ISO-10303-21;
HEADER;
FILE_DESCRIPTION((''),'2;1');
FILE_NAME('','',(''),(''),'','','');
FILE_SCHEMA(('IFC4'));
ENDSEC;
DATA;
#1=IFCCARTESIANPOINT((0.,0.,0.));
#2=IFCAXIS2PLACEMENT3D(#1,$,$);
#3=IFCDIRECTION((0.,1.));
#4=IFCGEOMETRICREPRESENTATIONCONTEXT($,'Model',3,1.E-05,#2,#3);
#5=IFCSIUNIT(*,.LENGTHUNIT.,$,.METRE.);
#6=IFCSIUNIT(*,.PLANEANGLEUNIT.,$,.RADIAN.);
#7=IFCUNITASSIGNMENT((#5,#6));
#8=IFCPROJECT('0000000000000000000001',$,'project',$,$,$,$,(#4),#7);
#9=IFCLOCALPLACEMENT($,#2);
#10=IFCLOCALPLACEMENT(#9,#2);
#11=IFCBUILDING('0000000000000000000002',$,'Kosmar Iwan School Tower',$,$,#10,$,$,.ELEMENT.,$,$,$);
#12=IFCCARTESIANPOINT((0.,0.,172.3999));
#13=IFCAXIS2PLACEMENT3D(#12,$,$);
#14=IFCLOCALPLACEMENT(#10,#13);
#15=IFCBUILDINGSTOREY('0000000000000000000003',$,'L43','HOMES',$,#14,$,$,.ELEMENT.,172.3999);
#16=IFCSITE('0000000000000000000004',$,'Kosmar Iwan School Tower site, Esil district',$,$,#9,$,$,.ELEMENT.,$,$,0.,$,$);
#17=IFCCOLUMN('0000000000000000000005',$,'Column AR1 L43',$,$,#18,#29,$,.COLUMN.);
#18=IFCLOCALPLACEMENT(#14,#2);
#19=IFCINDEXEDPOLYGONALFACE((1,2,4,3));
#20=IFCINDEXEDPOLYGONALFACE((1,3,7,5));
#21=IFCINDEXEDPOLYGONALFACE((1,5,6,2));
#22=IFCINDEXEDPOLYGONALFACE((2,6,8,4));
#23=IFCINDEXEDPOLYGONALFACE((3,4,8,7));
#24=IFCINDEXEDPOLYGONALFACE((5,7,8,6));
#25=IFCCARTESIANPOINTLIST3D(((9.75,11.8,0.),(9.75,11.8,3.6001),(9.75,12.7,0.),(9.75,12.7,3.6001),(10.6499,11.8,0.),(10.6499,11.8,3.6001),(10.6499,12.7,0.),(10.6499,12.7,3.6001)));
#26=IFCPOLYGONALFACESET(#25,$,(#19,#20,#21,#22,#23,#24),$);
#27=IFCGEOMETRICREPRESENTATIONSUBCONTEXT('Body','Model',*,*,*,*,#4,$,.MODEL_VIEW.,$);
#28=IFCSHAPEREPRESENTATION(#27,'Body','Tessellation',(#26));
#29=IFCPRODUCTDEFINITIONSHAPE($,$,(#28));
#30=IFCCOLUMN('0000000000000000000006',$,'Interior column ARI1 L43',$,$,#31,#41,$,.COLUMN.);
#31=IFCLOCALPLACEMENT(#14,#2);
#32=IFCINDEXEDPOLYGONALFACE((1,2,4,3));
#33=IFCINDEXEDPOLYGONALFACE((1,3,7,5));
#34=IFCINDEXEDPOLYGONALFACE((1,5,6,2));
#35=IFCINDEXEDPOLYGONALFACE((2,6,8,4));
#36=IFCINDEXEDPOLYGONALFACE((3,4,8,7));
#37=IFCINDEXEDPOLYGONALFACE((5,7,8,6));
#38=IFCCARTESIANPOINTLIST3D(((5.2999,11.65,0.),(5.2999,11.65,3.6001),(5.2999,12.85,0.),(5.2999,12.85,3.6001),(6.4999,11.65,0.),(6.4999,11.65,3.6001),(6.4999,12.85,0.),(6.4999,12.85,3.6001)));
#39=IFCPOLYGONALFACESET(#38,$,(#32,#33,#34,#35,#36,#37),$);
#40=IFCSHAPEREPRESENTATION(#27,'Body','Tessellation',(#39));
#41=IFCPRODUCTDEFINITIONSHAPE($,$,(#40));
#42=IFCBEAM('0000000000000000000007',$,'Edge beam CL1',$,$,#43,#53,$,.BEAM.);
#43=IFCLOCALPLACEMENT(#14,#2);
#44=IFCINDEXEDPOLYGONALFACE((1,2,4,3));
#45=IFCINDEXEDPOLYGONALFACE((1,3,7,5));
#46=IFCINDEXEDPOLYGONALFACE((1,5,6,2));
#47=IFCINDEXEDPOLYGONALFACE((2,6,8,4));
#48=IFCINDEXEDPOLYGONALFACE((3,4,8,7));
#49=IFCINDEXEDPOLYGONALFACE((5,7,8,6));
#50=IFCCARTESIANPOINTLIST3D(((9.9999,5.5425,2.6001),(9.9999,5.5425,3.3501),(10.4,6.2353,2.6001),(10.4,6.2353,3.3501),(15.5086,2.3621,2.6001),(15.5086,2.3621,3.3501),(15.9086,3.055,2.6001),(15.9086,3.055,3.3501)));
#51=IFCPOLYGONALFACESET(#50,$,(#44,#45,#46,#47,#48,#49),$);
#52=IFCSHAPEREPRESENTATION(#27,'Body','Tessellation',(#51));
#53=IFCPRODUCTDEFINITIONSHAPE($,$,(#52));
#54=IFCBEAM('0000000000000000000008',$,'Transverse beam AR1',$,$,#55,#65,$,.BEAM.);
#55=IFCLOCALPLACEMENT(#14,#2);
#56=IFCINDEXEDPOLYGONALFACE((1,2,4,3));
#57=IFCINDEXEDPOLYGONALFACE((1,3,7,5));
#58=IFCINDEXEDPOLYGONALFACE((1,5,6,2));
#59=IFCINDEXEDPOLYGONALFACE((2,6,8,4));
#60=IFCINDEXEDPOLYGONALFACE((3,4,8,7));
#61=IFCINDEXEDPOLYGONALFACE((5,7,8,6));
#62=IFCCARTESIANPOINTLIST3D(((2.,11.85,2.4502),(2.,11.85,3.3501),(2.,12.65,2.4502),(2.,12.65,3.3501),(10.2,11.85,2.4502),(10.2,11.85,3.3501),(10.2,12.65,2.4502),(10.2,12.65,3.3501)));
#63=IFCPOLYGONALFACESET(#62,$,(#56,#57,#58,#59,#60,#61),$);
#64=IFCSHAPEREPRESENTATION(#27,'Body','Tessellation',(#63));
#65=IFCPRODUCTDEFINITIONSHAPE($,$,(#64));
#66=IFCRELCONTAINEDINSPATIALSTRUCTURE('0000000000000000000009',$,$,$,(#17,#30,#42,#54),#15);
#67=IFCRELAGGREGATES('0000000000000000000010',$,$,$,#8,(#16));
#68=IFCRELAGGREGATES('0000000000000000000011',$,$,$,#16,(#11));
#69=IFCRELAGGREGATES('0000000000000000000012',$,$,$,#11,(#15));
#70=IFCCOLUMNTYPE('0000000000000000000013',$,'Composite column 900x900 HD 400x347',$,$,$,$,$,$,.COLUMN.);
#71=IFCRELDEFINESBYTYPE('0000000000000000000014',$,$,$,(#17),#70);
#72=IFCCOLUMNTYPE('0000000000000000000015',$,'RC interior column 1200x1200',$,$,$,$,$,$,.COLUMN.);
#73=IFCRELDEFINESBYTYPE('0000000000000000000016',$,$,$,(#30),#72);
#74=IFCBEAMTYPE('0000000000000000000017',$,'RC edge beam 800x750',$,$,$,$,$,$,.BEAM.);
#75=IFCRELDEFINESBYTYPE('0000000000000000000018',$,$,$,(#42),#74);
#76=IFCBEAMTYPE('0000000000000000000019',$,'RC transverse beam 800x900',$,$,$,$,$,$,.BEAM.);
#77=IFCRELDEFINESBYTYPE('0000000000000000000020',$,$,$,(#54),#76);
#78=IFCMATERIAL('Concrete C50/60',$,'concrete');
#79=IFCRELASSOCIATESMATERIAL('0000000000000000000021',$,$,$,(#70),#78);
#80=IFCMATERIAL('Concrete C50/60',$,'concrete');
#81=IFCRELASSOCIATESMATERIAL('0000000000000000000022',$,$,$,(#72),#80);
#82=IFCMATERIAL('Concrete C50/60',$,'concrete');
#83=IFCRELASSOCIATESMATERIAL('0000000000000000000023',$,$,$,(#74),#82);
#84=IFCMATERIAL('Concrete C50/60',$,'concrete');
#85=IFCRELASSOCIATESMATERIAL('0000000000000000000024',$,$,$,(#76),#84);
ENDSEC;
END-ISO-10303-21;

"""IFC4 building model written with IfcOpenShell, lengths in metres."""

from ifc_helpers import new_model, si_unit, direction, frame, origin, origin_2d, place, context, subcontext, project, spatial, rectangle, extrude, material, material_profile, profile_set, type_object, element, save


model = new_model("IFC4")

# Units and contexts
model_context = context("Model", 3, precision=1e-05, world=origin(), true_north=direction((0.0, 1.0)))
body_context = subcontext(model_context, "Body", "Model", "MODEL_VIEW")
ifc_project = project(units=[si_unit("LENGTHUNIT", "METRE"), si_unit("PLANEANGLEUNIT", "RADIAN")], contexts=[model_context])

# Site, building, storey
site_placement = place(None, origin())
site = spatial("IfcSite", under=ifc_project, at=site_placement, Name="Kosmar Iwan School Tower site, Esil district", CompositionType="ELEMENT", RefElevation=0.0)
building_placement = place(site_placement, origin())
building = spatial("IfcBuilding", under=site, at=building_placement, Name="Kosmar Iwan School Tower", CompositionType="ELEMENT")
storey_placement = place(building_placement, frame((0.0, 0.0, 172.3999)))
storey = spatial("IfcBuildingStorey", under=building, at=storey_placement, Name="L43", Description="HOMES", CompositionType="ELEMENT", Elevation=172.3999)

# Columns
ifc_material_1 = material(Name="Concrete C50/60", Category="concrete")
ifc_material_profile_1 = material_profile(ifc_material_1, rectangle(XDim=0.8999, YDim=0.8999, at=origin_2d()), Name="RC 900x900 + HD 400x347")
ifc_profile_set_1 = profile_set([ifc_material_profile_1], Name="Concrete C50/60")
column_type_1 = type_object("IfcColumnType", Name="Composite column 900x900 HD 400x347", PredefinedType="COLUMN", material=ifc_profile_set_1)
column_1_placement = place(storey_placement, frame((10.2, 12.25, 0.0), z_axis=(0.0, 0.0, 1.0), x_axis=(0.0, 1.0, 0.0)))
element("IfcColumn", 1, at=column_1_placement, inside=storey, type_object=column_type_1, Name="Column AR1 L43", PredefinedType="COLUMN", context=body_context, shape_type="SweptSolid", body=[
    extrude(rectangle(XDim=0.8999, YDim=0.8999, at=origin_2d()), origin(), (0.0, 0.0, 1.0), 3.6001),
])
ifc_material_2 = material(Name="Concrete C50/60", Category="concrete")
ifc_material_profile_2 = material_profile(ifc_material_2, rectangle(XDim=1.2, YDim=1.2, at=origin_2d()), Name="RC 1200x1200")
ifc_profile_set_2 = profile_set([ifc_material_profile_2], Name="Concrete C50/60")
column_type_2 = type_object("IfcColumnType", Name="RC interior column 1200x1200", PredefinedType="COLUMN", material=ifc_profile_set_2)
column_2_placement = place(storey_placement, frame((5.8999, 12.25, 0.0), z_axis=(0.0, 0.0, 1.0), x_axis=(0.0, 1.0, 0.0)))
element("IfcColumn", 2, at=column_2_placement, inside=storey, type_object=column_type_2, Name="Interior column ARI1 L43", PredefinedType="COLUMN", context=body_context, shape_type="SweptSolid", body=[
    extrude(rectangle(XDim=1.2, YDim=1.2, at=origin_2d()), origin(), (0.0, 0.0, 1.0), 3.6001),
])

# Beams
ifc_material_3 = material(Name="Concrete C50/60", Category="concrete")
ifc_material_profile_3 = material_profile(ifc_material_3, rectangle(XDim=0.8, YDim=0.75, at=origin_2d()), Name="RC 800x750")
ifc_profile_set_3 = profile_set([ifc_material_profile_3], Name="Concrete C50/60")
beam_type_1 = type_object("IfcBeamType", Name="RC edge beam 800x750", PredefinedType="BEAM", material=ifc_profile_set_3)
beam_1_placement = place(storey_placement, frame((10.2, 5.8889, 2.9751), z_axis=(0.866031, -0.49999, 0.0), x_axis=(0.49999, 0.866031, 0.0)))
element("IfcBeam", 3, at=beam_1_placement, inside=storey, type_object=beam_type_1, Name="Edge beam CL1", PredefinedType="BEAM", context=body_context, shape_type="SweptSolid", body=[
    extrude(rectangle(XDim=0.8, YDim=0.75, at=origin_2d()), origin(), (0.0, 0.0, 1.0), 6.3608),
])
ifc_material_4 = material(Name="Concrete C50/60", Category="concrete")
ifc_material_profile_4 = material_profile(ifc_material_4, rectangle(XDim=0.8, YDim=0.8999, at=origin_2d()), Name="RC 800x900")
ifc_profile_set_4 = profile_set([ifc_material_profile_4], Name="Concrete C50/60")
beam_type_2 = type_object("IfcBeamType", Name="RC transverse beam 800x900", PredefinedType="BEAM", material=ifc_profile_set_4)
beam_2_placement = place(storey_placement, frame((10.2, 12.25, 2.9001), z_axis=(-1.0, 0.0, 0.0), x_axis=(0.0, -1.0, 0.0)))
element("IfcBeam", 4, at=beam_2_placement, inside=storey, type_object=beam_type_2, Name="Transverse beam AR1", PredefinedType="BEAM", context=body_context, shape_type="SweptSolid", body=[
    extrude(rectangle(XDim=0.8, YDim=0.8999, at=origin_2d()), origin(), (0.0, 0.0, 1.0), 8.2),
])

save(model, "model.ifc")
